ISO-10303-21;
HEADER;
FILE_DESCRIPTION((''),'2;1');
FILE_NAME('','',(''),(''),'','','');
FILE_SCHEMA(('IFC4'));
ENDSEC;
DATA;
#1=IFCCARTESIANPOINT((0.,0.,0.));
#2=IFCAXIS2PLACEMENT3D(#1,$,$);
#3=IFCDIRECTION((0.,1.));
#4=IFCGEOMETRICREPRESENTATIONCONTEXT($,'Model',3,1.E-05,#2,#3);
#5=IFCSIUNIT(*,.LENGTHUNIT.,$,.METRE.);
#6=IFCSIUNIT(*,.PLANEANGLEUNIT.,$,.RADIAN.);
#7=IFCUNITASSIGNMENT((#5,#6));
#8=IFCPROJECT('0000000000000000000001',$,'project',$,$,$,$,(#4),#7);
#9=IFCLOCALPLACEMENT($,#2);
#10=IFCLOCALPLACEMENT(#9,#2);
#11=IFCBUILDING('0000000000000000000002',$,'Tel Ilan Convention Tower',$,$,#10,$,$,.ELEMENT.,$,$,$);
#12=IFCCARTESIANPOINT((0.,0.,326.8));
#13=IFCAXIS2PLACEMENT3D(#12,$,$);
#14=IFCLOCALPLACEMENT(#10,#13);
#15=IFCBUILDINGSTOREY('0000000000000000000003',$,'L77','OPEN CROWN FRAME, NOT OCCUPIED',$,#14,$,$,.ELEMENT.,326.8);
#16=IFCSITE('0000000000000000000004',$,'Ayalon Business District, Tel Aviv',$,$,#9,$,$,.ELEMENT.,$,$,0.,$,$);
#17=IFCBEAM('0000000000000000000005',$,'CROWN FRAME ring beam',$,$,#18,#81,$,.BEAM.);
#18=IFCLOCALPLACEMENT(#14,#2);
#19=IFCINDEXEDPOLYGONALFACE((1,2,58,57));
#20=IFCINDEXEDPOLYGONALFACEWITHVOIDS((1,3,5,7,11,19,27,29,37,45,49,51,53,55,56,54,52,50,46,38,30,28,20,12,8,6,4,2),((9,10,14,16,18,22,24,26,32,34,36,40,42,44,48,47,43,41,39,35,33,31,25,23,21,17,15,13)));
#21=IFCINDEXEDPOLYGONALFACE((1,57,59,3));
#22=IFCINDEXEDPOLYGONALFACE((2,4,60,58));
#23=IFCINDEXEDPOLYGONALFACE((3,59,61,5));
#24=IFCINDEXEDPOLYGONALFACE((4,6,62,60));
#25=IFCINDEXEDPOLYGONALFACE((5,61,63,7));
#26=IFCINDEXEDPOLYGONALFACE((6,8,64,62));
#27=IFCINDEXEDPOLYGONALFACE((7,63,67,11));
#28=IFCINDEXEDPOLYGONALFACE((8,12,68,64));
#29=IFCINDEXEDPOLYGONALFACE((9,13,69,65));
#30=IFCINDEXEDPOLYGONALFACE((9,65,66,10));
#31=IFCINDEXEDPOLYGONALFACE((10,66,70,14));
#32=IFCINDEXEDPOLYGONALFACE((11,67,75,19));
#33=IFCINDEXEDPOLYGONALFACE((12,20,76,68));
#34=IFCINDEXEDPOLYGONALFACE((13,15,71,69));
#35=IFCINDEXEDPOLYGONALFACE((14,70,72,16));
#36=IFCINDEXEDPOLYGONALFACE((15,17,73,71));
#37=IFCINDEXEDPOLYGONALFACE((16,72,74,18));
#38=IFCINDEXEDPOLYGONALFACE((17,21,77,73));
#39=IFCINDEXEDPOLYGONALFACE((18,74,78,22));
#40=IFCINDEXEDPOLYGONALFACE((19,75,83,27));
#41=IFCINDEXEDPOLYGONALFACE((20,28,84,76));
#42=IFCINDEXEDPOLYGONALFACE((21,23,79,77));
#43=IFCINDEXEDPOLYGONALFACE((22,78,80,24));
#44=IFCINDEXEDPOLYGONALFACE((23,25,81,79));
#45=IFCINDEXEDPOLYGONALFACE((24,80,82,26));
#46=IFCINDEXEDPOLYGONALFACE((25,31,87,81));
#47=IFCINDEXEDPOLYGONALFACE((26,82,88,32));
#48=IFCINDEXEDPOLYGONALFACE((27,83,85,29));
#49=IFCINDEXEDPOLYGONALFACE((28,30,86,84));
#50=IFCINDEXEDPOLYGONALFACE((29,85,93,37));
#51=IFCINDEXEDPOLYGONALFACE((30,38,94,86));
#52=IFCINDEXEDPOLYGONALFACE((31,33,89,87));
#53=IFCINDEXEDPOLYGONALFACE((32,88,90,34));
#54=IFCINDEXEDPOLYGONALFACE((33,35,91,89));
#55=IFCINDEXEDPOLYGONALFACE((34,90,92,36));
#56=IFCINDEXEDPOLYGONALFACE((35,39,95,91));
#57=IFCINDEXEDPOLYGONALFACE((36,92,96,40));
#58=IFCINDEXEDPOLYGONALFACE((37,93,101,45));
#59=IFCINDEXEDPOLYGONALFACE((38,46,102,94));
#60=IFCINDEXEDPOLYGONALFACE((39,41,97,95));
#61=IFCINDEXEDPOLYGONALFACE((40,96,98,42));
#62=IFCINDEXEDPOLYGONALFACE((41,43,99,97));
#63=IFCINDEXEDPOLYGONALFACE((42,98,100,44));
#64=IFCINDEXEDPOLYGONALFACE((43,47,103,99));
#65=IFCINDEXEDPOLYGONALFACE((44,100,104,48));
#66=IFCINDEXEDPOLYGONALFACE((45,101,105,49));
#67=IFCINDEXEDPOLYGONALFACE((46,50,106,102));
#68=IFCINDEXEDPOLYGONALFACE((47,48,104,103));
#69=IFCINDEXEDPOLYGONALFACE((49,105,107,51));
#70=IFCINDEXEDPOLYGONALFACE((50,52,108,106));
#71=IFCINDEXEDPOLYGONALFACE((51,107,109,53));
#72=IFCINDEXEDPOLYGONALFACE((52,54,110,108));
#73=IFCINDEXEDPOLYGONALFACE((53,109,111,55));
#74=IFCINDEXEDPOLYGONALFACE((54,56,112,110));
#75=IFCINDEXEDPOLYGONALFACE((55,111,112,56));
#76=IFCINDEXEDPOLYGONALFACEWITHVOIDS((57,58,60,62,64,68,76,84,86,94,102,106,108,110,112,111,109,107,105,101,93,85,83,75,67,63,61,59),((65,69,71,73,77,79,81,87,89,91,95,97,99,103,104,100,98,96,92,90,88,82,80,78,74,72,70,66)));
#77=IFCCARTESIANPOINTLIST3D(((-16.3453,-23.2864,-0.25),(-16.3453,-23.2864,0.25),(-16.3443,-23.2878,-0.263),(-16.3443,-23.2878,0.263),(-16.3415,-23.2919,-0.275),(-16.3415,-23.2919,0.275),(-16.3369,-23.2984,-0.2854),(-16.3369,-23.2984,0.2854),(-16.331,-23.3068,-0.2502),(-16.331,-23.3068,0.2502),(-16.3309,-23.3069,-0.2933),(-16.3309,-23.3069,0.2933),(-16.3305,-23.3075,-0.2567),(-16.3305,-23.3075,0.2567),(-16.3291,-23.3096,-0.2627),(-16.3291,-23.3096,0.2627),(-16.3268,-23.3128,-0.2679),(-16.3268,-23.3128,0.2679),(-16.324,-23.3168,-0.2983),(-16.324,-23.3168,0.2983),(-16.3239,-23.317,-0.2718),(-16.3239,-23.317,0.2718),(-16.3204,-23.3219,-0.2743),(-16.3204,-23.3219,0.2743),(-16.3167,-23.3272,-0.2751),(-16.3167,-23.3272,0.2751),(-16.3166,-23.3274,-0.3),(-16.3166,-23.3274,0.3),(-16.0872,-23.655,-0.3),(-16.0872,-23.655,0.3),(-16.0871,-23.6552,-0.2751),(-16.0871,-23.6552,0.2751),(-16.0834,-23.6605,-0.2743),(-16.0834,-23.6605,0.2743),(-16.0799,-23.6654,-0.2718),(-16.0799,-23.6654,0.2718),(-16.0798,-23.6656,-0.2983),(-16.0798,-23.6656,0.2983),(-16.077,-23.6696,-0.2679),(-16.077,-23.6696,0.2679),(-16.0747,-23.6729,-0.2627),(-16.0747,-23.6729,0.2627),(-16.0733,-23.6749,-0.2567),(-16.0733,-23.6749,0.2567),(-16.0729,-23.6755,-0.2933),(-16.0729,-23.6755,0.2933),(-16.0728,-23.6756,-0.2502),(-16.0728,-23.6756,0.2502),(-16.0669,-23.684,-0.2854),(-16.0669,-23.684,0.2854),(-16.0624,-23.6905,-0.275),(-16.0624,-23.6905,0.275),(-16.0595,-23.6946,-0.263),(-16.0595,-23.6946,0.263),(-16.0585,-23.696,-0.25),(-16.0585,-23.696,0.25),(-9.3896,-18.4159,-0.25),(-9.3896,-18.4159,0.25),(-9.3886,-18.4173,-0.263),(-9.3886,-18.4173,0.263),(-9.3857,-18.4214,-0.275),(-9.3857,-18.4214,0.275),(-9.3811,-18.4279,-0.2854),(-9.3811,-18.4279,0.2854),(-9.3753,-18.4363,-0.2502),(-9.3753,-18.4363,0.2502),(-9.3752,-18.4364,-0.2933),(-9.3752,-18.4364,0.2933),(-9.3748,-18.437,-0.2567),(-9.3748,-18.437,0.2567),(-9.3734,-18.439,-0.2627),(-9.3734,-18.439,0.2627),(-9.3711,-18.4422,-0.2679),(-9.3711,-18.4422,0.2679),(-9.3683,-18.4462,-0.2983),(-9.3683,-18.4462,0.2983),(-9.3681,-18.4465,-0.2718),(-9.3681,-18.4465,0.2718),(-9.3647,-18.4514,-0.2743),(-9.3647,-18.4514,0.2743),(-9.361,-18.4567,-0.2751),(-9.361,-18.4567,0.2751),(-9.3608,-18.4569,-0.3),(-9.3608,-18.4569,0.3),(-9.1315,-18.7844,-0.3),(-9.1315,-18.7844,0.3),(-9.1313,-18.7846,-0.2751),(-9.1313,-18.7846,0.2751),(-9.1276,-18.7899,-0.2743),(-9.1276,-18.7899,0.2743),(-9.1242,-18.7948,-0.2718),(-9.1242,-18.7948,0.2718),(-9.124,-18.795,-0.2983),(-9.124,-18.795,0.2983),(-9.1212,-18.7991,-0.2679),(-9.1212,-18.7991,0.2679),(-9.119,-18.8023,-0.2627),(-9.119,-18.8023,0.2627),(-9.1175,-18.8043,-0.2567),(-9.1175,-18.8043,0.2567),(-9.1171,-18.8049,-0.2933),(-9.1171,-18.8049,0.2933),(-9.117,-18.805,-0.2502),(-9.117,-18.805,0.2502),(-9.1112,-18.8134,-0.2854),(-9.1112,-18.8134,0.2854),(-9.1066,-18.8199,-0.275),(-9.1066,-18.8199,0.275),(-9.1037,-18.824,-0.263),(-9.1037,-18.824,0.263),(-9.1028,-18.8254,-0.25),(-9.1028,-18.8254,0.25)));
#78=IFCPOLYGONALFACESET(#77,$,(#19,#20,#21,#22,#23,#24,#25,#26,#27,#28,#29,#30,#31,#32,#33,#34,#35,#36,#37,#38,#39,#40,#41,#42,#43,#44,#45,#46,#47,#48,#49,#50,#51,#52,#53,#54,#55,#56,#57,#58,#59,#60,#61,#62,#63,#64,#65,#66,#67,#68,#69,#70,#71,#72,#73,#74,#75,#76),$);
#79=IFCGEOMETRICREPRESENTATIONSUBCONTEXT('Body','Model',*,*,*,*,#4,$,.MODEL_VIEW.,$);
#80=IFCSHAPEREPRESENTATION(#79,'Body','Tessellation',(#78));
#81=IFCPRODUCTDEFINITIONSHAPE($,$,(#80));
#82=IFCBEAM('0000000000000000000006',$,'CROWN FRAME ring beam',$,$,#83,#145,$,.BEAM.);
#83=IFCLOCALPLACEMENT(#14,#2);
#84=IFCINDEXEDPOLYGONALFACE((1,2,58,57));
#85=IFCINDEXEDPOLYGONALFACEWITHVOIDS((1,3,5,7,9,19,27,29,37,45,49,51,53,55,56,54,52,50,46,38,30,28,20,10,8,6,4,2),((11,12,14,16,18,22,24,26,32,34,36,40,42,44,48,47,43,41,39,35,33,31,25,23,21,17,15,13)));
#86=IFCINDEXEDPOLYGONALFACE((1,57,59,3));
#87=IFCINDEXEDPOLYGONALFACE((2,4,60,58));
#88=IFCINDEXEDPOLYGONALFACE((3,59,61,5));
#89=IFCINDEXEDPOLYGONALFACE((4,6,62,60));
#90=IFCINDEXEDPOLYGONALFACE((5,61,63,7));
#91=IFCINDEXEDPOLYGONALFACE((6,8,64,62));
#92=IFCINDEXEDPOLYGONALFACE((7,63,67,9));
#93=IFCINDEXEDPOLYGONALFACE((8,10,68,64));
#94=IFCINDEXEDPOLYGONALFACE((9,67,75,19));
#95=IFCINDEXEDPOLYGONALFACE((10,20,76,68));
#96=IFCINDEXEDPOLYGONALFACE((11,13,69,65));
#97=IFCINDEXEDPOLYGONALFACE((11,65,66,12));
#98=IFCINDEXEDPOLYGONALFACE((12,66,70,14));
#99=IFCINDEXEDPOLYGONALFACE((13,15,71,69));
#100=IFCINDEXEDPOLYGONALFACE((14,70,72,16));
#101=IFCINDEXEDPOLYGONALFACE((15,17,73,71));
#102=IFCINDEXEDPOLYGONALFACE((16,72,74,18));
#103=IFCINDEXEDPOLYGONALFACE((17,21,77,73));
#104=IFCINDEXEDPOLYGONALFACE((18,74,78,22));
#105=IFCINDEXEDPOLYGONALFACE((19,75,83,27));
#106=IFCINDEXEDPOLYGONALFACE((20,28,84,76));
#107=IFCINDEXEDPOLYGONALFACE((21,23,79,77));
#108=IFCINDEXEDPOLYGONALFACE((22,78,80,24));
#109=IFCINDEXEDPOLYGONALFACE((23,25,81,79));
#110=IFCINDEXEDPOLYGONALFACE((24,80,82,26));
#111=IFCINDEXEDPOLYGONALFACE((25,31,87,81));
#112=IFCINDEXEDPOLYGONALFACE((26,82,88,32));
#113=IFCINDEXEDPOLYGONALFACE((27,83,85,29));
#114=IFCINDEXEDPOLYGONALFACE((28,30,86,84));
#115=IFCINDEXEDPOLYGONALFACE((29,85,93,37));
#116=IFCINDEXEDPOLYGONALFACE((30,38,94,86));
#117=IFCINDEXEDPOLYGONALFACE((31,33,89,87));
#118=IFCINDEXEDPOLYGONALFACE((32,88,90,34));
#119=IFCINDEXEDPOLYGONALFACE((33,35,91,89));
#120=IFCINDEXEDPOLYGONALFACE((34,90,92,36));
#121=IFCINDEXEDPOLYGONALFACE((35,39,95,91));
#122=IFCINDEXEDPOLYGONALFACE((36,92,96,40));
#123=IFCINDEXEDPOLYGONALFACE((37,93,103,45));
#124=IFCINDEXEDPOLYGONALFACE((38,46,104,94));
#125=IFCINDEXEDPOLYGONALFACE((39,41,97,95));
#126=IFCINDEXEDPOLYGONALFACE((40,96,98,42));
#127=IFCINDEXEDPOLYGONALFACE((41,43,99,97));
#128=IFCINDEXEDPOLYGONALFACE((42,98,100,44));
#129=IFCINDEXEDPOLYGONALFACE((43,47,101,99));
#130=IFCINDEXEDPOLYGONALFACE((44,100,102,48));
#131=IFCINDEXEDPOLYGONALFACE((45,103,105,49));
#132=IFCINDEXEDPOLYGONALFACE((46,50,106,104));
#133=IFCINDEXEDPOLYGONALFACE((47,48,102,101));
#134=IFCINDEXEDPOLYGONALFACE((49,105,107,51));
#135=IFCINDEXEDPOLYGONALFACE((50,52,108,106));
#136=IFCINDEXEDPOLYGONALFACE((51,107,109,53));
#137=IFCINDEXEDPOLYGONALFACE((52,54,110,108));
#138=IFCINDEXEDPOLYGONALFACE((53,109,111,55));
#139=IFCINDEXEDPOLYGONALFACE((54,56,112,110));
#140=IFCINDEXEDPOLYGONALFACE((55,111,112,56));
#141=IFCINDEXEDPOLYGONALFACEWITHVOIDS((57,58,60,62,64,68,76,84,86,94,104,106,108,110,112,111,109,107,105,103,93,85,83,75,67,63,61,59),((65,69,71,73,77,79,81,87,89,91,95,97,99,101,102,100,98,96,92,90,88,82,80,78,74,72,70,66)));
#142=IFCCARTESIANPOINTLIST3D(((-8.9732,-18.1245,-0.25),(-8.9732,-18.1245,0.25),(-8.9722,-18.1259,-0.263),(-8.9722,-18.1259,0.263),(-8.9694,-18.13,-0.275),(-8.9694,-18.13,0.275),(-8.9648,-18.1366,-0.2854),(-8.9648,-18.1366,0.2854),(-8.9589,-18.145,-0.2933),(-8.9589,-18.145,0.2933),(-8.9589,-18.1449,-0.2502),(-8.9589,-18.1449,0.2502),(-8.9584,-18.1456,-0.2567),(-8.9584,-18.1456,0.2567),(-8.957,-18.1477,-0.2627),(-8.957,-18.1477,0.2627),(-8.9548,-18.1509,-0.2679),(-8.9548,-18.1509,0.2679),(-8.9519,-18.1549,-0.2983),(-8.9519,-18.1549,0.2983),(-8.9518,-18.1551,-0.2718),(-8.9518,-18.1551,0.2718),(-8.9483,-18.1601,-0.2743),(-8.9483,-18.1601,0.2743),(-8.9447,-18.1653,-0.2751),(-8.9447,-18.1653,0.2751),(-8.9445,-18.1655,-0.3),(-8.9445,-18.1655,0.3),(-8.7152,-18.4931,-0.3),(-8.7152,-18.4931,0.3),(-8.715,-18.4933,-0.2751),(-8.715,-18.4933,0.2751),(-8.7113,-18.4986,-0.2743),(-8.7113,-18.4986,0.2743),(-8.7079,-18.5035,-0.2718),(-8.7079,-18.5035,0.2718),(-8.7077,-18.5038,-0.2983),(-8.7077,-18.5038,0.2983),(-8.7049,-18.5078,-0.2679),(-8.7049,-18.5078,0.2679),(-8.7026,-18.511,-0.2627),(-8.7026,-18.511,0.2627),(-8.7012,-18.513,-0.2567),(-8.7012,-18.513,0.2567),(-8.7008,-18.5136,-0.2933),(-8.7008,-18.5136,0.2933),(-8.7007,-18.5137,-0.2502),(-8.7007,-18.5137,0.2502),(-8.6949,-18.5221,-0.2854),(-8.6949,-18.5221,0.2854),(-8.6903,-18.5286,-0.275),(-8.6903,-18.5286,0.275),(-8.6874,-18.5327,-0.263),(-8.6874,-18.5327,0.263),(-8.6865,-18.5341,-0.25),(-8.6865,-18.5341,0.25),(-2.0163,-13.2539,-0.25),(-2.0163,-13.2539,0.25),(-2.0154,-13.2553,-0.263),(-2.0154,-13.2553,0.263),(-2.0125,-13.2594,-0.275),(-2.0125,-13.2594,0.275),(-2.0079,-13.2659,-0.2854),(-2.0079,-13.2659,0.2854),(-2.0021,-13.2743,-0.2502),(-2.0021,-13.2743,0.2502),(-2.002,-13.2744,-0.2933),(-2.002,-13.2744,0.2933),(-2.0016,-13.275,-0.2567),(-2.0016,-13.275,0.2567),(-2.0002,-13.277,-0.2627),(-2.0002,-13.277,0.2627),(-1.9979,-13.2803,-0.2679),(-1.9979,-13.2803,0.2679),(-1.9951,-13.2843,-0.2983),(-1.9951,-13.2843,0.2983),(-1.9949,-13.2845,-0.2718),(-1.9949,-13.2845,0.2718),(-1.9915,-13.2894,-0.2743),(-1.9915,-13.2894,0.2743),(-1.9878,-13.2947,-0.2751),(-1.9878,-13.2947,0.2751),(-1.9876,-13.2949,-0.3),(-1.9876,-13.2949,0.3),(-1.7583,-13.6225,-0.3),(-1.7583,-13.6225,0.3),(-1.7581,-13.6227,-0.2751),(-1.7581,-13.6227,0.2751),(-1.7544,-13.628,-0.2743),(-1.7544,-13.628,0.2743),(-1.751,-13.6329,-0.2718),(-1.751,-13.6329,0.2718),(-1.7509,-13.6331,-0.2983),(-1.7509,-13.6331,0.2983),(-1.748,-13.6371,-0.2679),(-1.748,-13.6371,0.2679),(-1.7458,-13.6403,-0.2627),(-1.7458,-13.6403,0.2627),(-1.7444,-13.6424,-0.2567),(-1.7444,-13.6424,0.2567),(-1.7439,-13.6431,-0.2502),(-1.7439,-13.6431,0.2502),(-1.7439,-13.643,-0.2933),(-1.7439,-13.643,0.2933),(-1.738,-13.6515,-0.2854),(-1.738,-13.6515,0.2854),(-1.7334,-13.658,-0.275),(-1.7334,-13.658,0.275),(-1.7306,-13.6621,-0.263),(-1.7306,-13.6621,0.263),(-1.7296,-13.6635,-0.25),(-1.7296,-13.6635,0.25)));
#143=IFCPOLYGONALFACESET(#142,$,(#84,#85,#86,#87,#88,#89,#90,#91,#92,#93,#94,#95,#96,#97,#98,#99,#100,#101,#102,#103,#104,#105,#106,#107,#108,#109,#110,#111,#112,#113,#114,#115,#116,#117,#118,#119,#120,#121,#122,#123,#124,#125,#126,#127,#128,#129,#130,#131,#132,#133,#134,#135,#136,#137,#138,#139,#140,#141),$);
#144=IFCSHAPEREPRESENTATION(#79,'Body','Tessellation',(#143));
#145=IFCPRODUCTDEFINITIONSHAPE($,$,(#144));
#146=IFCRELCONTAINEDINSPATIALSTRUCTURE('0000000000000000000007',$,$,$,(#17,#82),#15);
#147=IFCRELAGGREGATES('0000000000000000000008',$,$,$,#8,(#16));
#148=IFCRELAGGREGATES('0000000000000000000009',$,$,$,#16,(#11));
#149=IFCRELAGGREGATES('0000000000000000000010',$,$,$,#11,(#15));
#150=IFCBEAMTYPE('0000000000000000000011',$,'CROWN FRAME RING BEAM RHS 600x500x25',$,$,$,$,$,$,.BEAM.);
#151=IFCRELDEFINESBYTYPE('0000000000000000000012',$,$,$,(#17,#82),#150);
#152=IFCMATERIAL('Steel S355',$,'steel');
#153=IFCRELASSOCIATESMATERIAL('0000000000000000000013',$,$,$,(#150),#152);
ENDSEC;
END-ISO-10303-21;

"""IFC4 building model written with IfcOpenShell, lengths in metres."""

from ifc_helpers import new_model, si_unit, direction, frame, origin, origin_2d, place, context, subcontext, project, spatial, hollow_rectangle, extrude, material, material_profile, profile_set, type_object, element, save


model = new_model("IFC4")

# Units and contexts
model_context = context("Model", 3, precision=1e-05, world=origin(), true_north=direction((0.0, 1.0)))
body_context = subcontext(model_context, "Body", "Model", "MODEL_VIEW")
ifc_project = project(units=[si_unit("LENGTHUNIT", "METRE"), si_unit("PLANEANGLEUNIT", "RADIAN")], contexts=[model_context])

# Site, building, storey
site_placement = place(None, origin())
site = spatial("IfcSite", under=ifc_project, at=site_placement, Name="Ayalon Business District, Tel Aviv", CompositionType="ELEMENT", RefElevation=0.0)
building_placement = place(site_placement, origin())
building = spatial("IfcBuilding", under=site, at=building_placement, Name="Tel Ilan Convention Tower", CompositionType="ELEMENT")
storey_placement = place(building_placement, frame((0.0, 0.0, 326.8)))
storey = spatial("IfcBuildingStorey", under=building, at=storey_placement, Name="L77", Description="OPEN CROWN FRAME, NOT OCCUPIED", CompositionType="ELEMENT", Elevation=326.8)

# Beams
ifc_material_1 = material(Name="Steel S355", Category="steel")
ifc_material_profile_1 = material_profile(ifc_material_1, hollow_rectangle(XDim=0.5, YDim=0.6001, WallThickness=0.0249, InnerFilletRadius=0.0249, OuterFilletRadius=0.05, at=origin_2d()), Name="RHS 600x500x25")
ifc_profile_set_1 = profile_set([ifc_material_profile_1], Name="Steel S355")
beam_type = type_object("IfcBeamType", Name="CROWN FRAME RING BEAM RHS 600x500x25", PredefinedType="BEAM", material=ifc_profile_set_1)
beam_1_placement = place(storey_placement, frame((-16.2019, -23.4912, 0.0), z_axis=(0.819147, 0.573584, 0.0), x_axis=(-0.573584, 0.819147, 0.0)))
element("IfcBeam", 1, at=beam_1_placement, inside=storey, type_object=beam_type, Name="CROWN FRAME ring beam", PredefinedType="BEAM", context=body_context, shape_type="SweptSolid", body=[
    extrude(hollow_rectangle(XDim=0.5, YDim=0.6001, WallThickness=0.0249, InnerFilletRadius=0.0249, OuterFilletRadius=0.05, at=origin_2d()), origin(), (0.0, 0.0, 1.0), 8.4915),
])
beam_2_placement = place(storey_placement, frame((-8.8298, -18.3293, 0.0), z_axis=(0.819185, 0.57353, 0.0), x_axis=(-0.57353, 0.819185, 0.0)))
element("IfcBeam", 2, at=beam_2_placement, inside=storey, type_object=beam_type, Name="CROWN FRAME ring beam", PredefinedType="BEAM", context=body_context, shape_type="SweptSolid", body=[
    extrude(hollow_rectangle(XDim=0.5, YDim=0.6001, WallThickness=0.0249, InnerFilletRadius=0.0249, OuterFilletRadius=0.05, at=origin_2d()), origin(), (0.0, 0.0, 1.0), 8.4924),
])

save(model, "model.ifc")
